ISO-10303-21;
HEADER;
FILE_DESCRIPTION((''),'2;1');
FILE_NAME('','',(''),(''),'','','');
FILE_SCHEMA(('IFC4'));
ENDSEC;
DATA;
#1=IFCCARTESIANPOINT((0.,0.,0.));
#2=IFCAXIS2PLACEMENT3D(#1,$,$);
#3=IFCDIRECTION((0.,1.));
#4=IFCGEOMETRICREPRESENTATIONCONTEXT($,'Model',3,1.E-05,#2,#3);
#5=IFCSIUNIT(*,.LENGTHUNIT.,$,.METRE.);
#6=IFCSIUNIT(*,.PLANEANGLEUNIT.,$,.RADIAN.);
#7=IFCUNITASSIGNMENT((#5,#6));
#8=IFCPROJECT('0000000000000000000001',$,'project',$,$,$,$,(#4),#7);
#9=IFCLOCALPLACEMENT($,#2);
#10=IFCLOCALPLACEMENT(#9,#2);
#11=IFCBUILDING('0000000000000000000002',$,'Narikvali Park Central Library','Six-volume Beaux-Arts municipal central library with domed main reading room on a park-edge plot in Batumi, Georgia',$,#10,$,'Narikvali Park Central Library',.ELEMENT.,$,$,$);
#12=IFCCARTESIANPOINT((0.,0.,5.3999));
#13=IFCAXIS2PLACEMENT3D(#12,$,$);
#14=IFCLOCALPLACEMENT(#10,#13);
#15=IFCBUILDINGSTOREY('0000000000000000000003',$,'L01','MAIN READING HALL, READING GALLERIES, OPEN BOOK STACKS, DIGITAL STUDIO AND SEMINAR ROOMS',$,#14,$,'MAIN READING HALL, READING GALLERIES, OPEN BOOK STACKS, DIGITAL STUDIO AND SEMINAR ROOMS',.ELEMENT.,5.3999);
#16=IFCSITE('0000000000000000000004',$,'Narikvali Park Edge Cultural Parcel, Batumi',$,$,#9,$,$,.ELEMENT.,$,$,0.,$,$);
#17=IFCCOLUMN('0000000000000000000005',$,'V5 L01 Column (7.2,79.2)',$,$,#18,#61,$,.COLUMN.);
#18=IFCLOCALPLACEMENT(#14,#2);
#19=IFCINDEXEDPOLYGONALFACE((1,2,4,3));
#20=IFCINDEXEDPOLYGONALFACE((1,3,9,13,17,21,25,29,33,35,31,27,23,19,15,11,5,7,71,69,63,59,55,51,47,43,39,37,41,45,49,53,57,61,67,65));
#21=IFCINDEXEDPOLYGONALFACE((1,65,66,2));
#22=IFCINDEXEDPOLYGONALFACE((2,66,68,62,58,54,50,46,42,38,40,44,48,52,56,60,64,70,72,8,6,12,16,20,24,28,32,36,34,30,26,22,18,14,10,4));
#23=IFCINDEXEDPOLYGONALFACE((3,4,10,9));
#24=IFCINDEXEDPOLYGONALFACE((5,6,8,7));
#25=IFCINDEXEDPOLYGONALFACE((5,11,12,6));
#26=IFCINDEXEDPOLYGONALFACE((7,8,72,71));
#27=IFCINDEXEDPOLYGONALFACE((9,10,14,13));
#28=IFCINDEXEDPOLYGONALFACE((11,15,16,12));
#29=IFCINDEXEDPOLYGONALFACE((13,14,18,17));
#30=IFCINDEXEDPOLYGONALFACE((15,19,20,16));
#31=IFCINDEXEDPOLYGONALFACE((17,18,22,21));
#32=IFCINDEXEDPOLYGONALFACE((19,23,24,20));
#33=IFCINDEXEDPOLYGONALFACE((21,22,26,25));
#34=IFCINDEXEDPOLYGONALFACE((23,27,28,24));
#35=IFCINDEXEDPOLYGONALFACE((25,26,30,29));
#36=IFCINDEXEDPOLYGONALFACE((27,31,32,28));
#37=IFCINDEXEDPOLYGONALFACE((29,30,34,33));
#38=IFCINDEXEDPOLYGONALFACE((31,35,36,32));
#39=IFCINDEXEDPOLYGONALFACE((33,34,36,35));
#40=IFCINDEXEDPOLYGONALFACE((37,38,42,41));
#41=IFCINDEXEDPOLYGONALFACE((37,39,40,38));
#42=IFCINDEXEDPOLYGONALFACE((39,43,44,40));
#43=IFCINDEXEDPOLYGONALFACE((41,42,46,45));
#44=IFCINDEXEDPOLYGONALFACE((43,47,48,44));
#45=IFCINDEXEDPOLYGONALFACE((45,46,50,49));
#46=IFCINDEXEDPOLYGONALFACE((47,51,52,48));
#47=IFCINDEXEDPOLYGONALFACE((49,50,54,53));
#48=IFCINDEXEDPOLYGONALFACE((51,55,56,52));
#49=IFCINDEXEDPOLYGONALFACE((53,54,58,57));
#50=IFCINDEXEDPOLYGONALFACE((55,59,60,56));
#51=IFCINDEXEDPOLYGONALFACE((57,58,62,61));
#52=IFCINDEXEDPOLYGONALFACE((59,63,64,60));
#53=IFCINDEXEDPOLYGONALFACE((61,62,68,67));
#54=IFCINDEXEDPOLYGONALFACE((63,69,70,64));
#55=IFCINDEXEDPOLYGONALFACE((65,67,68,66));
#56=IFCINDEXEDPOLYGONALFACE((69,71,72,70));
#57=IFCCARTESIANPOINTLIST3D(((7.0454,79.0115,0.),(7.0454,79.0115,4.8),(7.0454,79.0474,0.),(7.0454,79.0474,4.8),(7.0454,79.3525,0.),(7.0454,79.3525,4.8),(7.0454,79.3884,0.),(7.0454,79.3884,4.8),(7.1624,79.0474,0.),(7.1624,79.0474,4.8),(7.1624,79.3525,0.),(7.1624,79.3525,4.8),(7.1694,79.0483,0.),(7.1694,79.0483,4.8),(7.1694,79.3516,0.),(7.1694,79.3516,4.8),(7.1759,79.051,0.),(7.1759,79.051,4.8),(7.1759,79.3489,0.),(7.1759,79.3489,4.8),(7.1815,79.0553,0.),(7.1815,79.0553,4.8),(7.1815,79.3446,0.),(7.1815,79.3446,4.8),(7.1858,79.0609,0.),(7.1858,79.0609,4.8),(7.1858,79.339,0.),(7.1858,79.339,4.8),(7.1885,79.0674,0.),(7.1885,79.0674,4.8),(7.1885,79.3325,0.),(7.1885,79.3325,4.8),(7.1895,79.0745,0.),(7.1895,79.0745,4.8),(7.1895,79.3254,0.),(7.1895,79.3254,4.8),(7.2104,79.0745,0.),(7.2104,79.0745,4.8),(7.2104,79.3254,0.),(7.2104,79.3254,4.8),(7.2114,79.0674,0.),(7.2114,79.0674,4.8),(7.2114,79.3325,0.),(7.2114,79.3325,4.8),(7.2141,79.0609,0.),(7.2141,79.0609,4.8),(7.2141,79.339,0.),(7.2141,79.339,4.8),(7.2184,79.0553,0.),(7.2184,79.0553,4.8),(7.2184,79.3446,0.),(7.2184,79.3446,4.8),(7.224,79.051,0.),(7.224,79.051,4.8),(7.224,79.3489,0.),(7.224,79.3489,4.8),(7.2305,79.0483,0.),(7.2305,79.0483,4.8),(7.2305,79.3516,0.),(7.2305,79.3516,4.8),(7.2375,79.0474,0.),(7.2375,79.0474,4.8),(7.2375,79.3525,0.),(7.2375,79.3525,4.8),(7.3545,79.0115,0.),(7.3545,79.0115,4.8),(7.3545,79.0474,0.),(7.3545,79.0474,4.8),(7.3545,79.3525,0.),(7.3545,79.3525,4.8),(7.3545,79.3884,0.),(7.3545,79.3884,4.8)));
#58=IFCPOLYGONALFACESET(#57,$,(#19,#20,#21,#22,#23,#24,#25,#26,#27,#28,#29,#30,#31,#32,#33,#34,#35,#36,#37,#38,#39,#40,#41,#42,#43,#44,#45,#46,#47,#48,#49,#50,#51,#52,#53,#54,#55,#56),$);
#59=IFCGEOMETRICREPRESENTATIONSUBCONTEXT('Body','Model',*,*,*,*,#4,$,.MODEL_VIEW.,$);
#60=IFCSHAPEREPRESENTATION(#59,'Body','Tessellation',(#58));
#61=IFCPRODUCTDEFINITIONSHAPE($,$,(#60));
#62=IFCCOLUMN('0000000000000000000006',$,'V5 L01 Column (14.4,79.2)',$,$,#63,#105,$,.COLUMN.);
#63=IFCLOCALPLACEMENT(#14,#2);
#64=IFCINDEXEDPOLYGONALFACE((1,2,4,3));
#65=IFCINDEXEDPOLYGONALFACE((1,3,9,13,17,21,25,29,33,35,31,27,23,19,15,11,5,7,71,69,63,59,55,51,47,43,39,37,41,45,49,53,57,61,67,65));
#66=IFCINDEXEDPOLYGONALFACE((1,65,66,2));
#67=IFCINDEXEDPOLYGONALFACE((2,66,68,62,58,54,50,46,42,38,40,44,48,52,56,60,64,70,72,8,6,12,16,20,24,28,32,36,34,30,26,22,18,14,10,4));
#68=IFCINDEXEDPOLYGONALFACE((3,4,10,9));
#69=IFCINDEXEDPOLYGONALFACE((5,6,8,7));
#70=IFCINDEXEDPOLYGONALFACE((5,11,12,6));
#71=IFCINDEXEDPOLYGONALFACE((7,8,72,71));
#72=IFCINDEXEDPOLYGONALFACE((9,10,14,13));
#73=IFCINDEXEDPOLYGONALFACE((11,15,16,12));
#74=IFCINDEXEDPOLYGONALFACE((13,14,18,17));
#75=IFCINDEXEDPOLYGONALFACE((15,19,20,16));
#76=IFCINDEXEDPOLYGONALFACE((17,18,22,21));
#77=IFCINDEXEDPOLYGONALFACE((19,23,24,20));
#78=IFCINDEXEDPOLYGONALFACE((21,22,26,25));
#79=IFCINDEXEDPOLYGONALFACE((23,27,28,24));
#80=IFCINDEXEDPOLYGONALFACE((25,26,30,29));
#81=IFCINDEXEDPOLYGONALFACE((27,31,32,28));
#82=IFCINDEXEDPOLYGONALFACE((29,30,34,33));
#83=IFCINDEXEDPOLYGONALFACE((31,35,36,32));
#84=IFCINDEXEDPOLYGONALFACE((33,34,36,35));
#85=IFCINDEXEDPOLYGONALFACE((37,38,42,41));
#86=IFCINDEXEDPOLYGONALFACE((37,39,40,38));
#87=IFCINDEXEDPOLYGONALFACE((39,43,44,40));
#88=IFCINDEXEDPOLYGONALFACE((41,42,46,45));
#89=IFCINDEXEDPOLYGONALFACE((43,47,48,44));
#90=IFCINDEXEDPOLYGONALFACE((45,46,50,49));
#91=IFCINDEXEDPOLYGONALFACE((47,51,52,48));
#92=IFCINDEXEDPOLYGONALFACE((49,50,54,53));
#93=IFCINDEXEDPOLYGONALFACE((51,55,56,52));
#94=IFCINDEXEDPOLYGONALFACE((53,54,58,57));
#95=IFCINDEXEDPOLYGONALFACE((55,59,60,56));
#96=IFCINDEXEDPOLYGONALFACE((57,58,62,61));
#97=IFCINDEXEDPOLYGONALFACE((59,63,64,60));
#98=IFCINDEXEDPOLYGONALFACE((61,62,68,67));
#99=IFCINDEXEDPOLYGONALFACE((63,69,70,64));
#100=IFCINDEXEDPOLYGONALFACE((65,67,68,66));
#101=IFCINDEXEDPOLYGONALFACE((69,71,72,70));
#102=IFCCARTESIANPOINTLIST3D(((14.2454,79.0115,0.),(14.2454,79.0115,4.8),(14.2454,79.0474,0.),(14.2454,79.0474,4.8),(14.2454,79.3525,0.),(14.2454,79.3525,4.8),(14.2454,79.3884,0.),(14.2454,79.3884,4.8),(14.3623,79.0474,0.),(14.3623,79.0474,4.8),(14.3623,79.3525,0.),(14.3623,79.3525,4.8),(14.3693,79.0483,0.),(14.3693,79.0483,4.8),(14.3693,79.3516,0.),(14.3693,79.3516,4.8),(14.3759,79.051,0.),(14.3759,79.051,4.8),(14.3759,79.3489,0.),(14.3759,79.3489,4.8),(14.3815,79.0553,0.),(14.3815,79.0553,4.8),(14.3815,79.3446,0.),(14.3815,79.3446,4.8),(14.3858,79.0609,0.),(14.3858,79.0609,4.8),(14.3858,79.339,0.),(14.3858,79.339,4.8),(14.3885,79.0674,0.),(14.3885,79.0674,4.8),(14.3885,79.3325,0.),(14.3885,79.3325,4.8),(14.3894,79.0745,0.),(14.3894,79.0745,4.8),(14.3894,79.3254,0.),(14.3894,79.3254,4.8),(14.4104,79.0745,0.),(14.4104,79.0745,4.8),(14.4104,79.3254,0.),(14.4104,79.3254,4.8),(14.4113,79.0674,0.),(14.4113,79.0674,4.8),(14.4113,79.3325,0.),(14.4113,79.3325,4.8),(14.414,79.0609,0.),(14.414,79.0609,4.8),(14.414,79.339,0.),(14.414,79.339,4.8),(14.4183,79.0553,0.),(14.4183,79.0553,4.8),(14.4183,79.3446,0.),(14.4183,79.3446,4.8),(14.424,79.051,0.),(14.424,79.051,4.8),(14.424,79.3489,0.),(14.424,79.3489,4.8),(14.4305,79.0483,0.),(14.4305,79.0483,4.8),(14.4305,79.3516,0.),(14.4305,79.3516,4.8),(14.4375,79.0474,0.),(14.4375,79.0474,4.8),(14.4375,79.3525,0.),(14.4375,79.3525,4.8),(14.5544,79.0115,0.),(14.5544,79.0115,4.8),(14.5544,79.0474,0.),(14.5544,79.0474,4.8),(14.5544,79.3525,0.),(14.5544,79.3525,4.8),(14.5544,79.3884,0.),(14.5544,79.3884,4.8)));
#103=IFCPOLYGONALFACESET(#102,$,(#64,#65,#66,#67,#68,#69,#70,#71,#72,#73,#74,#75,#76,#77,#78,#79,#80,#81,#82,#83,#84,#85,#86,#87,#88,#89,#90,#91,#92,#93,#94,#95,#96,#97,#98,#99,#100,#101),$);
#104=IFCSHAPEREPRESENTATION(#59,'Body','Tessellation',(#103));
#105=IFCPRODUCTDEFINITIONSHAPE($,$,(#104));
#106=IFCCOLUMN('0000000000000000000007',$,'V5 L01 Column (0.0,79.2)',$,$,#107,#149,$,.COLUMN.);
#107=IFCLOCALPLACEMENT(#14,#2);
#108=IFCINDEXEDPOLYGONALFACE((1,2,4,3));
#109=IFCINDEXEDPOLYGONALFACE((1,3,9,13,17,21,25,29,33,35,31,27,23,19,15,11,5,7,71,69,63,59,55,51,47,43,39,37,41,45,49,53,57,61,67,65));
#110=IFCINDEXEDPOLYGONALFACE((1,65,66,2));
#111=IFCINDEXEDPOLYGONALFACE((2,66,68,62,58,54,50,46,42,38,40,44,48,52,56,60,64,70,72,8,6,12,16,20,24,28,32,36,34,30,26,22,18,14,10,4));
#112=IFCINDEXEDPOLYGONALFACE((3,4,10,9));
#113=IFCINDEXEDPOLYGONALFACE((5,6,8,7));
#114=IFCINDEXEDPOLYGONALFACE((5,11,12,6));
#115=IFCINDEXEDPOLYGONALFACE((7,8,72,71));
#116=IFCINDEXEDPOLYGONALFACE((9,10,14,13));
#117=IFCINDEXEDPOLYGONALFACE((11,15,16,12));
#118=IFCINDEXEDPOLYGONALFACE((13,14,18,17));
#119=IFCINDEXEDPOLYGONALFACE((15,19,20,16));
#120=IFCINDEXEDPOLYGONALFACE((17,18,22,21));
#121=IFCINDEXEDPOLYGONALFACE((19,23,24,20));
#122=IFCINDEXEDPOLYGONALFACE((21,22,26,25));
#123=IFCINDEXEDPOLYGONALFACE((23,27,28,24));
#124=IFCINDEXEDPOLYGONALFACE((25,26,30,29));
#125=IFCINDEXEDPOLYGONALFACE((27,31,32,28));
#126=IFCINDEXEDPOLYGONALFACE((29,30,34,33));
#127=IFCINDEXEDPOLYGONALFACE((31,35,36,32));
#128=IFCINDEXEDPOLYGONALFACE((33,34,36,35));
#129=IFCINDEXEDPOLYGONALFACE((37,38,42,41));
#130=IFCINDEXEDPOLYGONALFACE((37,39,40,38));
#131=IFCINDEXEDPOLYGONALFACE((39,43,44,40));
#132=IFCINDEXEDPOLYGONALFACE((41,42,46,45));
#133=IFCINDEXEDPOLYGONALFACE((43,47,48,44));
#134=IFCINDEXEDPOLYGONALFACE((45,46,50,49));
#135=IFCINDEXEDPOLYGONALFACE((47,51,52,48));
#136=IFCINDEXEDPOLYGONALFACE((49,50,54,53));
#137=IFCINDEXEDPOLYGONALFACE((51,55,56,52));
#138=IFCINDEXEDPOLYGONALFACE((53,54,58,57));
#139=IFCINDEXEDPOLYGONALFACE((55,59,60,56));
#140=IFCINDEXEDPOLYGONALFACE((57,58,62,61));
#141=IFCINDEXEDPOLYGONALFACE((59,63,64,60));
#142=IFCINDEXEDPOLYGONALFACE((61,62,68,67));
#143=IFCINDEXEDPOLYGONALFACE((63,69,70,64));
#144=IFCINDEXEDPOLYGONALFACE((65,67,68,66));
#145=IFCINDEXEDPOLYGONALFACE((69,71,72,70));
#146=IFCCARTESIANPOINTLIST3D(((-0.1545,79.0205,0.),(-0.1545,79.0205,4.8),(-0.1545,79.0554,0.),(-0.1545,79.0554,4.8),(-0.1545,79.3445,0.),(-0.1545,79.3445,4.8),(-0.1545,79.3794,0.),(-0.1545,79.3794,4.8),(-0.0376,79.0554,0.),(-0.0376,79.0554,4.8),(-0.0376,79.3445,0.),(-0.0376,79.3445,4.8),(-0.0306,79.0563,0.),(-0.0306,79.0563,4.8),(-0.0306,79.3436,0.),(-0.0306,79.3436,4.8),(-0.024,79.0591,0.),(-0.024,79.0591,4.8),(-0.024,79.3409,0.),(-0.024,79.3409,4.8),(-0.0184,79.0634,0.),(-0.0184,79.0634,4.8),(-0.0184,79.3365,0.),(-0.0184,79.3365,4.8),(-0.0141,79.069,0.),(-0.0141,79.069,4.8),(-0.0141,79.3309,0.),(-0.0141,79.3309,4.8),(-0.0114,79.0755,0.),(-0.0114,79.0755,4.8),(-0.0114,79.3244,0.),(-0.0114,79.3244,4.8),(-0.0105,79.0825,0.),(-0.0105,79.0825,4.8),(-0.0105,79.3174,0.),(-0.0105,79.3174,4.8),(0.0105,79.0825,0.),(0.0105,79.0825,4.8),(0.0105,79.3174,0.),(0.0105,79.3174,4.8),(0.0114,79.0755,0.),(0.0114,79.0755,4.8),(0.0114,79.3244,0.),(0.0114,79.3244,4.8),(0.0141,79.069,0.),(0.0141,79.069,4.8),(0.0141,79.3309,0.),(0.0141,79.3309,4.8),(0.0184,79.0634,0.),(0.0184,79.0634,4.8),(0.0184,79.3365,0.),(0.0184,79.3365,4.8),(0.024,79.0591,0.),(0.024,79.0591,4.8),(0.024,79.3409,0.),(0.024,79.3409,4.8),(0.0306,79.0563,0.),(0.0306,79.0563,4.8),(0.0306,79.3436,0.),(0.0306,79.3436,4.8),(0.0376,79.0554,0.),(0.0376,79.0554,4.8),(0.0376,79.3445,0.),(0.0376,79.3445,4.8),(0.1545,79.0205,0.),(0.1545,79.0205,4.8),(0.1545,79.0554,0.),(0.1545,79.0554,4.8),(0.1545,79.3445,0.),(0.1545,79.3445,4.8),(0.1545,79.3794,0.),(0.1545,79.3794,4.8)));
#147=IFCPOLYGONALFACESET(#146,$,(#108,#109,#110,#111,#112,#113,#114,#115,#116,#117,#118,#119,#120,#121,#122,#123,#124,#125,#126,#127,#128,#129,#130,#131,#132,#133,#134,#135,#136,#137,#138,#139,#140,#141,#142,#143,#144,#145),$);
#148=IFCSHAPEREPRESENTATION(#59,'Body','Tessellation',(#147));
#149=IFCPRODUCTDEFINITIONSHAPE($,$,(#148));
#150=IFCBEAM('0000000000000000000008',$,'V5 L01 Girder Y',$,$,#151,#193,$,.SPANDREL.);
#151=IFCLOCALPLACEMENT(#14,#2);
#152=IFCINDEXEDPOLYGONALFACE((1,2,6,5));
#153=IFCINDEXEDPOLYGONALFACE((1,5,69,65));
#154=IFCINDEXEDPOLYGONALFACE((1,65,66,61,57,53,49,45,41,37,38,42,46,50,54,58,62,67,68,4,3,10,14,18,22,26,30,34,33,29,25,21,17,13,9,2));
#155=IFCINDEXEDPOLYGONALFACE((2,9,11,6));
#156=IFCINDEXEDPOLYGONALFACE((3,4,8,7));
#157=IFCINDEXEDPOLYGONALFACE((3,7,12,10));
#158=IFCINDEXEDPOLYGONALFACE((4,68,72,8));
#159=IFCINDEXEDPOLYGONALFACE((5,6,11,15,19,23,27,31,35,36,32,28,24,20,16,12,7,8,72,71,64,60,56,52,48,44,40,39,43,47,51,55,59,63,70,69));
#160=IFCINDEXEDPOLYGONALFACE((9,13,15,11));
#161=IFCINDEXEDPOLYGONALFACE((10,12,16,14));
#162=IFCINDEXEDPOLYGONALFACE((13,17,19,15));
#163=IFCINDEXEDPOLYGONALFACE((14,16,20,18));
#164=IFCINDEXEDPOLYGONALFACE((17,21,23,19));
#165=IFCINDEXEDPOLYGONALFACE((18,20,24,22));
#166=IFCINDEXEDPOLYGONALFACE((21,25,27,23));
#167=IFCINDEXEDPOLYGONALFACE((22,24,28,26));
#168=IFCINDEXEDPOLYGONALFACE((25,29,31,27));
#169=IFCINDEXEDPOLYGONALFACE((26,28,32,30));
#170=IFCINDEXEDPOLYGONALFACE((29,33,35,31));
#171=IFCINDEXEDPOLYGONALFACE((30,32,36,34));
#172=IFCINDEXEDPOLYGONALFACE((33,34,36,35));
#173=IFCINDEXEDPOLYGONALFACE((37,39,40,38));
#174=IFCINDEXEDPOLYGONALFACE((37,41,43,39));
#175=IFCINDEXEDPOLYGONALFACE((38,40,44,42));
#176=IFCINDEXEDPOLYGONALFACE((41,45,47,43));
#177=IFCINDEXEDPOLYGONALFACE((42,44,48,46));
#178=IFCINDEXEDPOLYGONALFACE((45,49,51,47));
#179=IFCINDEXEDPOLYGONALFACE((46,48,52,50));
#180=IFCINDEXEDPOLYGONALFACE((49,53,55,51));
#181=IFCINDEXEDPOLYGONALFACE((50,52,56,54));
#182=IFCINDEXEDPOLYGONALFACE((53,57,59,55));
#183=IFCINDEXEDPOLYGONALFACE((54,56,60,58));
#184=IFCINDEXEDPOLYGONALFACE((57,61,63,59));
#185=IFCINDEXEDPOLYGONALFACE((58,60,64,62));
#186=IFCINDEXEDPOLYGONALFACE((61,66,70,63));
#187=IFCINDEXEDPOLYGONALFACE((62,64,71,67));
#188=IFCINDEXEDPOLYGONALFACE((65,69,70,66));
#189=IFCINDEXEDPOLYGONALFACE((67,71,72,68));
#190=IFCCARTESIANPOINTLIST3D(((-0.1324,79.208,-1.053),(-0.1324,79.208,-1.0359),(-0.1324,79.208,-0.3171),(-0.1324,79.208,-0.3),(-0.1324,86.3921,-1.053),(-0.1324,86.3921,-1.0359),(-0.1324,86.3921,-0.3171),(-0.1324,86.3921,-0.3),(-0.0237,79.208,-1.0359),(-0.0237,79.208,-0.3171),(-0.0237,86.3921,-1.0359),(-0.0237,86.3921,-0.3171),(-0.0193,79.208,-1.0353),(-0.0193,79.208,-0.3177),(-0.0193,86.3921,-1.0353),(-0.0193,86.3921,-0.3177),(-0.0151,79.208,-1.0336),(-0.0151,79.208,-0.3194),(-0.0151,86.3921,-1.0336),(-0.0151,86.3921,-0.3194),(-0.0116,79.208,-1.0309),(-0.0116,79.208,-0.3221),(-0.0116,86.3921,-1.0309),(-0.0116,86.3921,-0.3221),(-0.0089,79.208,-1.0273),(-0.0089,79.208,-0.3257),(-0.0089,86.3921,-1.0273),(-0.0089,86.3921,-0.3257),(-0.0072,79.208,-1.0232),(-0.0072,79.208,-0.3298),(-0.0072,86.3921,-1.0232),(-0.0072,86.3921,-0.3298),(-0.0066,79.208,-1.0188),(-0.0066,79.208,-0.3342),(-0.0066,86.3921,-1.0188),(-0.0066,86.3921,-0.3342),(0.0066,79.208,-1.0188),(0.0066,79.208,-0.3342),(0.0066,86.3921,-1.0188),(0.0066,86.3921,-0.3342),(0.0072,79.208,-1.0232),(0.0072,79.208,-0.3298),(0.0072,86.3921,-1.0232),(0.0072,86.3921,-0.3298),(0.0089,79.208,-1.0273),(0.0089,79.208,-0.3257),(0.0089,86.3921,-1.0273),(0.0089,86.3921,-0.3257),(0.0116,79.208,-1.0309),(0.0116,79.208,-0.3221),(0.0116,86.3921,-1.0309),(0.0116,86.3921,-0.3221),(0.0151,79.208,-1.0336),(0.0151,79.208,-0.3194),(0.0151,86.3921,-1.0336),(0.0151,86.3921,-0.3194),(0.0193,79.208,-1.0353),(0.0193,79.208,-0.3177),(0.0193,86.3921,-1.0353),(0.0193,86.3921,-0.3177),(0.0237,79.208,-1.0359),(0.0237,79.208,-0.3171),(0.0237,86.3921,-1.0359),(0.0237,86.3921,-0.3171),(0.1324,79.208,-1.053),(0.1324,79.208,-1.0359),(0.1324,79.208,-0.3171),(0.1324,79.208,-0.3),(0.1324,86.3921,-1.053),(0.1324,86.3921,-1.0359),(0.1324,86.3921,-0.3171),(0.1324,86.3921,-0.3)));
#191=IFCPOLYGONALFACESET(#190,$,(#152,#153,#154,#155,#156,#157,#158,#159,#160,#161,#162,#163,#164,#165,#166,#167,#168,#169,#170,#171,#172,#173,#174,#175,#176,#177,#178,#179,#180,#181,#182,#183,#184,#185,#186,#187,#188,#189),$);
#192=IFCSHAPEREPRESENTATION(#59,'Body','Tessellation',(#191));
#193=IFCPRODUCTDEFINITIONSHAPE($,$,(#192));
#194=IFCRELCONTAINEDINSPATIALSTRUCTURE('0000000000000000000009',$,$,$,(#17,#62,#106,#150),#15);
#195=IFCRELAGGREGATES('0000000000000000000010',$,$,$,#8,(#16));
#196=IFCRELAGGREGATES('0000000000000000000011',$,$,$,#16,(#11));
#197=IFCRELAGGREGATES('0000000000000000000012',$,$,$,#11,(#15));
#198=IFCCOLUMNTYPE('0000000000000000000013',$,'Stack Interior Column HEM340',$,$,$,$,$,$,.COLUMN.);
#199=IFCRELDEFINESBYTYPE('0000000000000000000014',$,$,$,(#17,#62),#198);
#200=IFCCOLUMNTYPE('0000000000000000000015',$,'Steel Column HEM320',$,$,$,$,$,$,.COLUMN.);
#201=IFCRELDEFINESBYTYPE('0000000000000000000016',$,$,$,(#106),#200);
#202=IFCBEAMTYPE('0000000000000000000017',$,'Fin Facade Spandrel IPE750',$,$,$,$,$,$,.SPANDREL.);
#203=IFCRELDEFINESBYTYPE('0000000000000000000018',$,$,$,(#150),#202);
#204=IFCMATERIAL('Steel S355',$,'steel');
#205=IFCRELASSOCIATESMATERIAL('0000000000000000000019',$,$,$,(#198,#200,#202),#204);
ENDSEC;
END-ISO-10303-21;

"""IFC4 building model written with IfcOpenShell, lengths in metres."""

from ifc_helpers import new_model, si_unit, direction, frame, origin, origin_2d, place, context, subcontext, project, spatial, i_section, extrude, material, material_profile, profile_set, type_object, element, save


model = new_model("IFC4")

# Units and contexts
model_context = context("Model", 3, precision=1e-05, world=origin(), true_north=direction((0.0, 1.0)))
body_context = subcontext(model_context, "Body", "Model", "MODEL_VIEW")
ifc_project = project(units=[si_unit("LENGTHUNIT", "METRE"), si_unit("PLANEANGLEUNIT", "RADIAN")], contexts=[model_context])

# Site, building, storey
site_placement = place(None, origin())
site = spatial("IfcSite", under=ifc_project, at=site_placement, Name="Narikvali Park Edge Cultural Parcel, Batumi", CompositionType="ELEMENT", RefElevation=0.0)
building_placement = place(site_placement, origin())
building = spatial("IfcBuilding", under=site, at=building_placement, Name="Narikvali Park Central Library", Description="Six-volume Beaux-Arts municipal central library with domed main reading room on a park-edge plot in Batumi, Georgia", LongName="Narikvali Park Central Library", CompositionType="ELEMENT")
storey_placement = place(building_placement, frame((0.0, 0.0, 5.3999)))
storey = spatial("IfcBuildingStorey", under=building, at=storey_placement, Name="L01", Description="MAIN READING HALL, READING GALLERIES, OPEN BOOK STACKS, DIGITAL STUDIO AND SEMINAR ROOMS", LongName="MAIN READING HALL, READING GALLERIES, OPEN BOOK STACKS, DIGITAL STUDIO AND SEMINAR ROOMS", CompositionType="ELEMENT", Elevation=5.3999)

# Columns
ifc_material_1 = material(Name="Steel S355", Category="steel")
ifc_material_profile_1 = material_profile(ifc_material_1, i_section(OverallWidth=0.3091, OverallDepth=0.377, WebThickness=0.021, FlangeThickness=0.0359, FilletRadius=0.0271, at=origin_2d()), Name="HEM 340")
ifc_profile_set_1 = profile_set([ifc_material_profile_1], Name="Steel S355")
column_type_1 = type_object("IfcColumnType", Name="Stack Interior Column HEM340", PredefinedType="COLUMN", material=ifc_profile_set_1)
for number, where, z_axis, x_axis, name in (
    (1, (7.2, 79.2, 0.0), (0.0, 0.0, 1.0), (1.0, 0.0, 0.0), "V5 L01 Column (7.2,79.2)"),
    (2, (14.3999, 79.2, 0.0), (0.0, 0.0, 1.0), (1.0, 0.0, 0.0), "V5 L01 Column (14.4,79.2)"),
):
    element("IfcColumn", number, at=place(storey_placement, frame(where, z_axis=z_axis, x_axis=x_axis)), inside=storey, type_object=column_type_1, Name=name, PredefinedType="COLUMN", context=body_context, shape_type="SweptSolid", body=[
        extrude(i_section(OverallWidth=0.3091, OverallDepth=0.377, WebThickness=0.021, FlangeThickness=0.0359, FilletRadius=0.0271, at=origin_2d()), origin(), (0.0, 0.0, 1.0), 4.8),
    ])
ifc_material_profile_2 = material_profile(ifc_material_1, i_section(OverallWidth=0.3091, OverallDepth=0.3589, WebThickness=0.021, FlangeThickness=0.0349, FilletRadius=0.0271, at=origin_2d()), Name="HEM 320")
ifc_profile_set_2 = profile_set([ifc_material_profile_2], Name="Steel S355")
column_type_2 = type_object("IfcColumnType", Name="Steel Column HEM320", PredefinedType="COLUMN", material=ifc_profile_set_2)
column_placement = place(storey_placement, frame((0.0, 79.2, 0.0), z_axis=(0.0, 0.0, 1.0), x_axis=(1.0, 0.0, 0.0)))
element("IfcColumn", 3, at=column_placement, inside=storey, type_object=column_type_2, Name="V5 L01 Column (0.0,79.2)", PredefinedType="COLUMN", context=body_context, shape_type="SweptSolid", body=[
    extrude(i_section(OverallWidth=0.3091, OverallDepth=0.3589, WebThickness=0.021, FlangeThickness=0.0349, FilletRadius=0.0271, at=origin_2d()), origin(), (0.0, 0.0, 1.0), 4.8),
])

# Beam
ifc_material_profile_3 = material_profile(ifc_material_1, i_section(OverallWidth=0.2649, OverallDepth=0.7529, WebThickness=0.0132, FlangeThickness=0.0171, FilletRadius=0.0171, at=origin_2d()), Name="IPE 750x147")
ifc_profile_set_3 = profile_set([ifc_material_profile_3], Name="Steel S355")
beam_type_1 = type_object("IfcBeamType", Name="Fin Facade Spandrel IPE750", PredefinedType="SPANDREL", material=ifc_profile_set_3)
beam_1_placement = place(storey_placement, frame((0.0, 79.208, -0.6765), z_axis=(0.0, 1.0, 0.0), x_axis=(-1.0, 0.0, 0.0)))
element("IfcBeam", 4, at=beam_1_placement, inside=storey, type_object=beam_type_1, Name="V5 L01 Girder Y", PredefinedType="SPANDREL", context=body_context, shape_type="SweptSolid", body=[
    extrude(i_section(OverallWidth=0.2649, OverallDepth=0.7529, WebThickness=0.0132, FlangeThickness=0.0171, FilletRadius=0.0171, at=origin_2d()), origin(), (0.0, 0.0, 1.0), 7.1841),
])

save(model, "model.ifc")
